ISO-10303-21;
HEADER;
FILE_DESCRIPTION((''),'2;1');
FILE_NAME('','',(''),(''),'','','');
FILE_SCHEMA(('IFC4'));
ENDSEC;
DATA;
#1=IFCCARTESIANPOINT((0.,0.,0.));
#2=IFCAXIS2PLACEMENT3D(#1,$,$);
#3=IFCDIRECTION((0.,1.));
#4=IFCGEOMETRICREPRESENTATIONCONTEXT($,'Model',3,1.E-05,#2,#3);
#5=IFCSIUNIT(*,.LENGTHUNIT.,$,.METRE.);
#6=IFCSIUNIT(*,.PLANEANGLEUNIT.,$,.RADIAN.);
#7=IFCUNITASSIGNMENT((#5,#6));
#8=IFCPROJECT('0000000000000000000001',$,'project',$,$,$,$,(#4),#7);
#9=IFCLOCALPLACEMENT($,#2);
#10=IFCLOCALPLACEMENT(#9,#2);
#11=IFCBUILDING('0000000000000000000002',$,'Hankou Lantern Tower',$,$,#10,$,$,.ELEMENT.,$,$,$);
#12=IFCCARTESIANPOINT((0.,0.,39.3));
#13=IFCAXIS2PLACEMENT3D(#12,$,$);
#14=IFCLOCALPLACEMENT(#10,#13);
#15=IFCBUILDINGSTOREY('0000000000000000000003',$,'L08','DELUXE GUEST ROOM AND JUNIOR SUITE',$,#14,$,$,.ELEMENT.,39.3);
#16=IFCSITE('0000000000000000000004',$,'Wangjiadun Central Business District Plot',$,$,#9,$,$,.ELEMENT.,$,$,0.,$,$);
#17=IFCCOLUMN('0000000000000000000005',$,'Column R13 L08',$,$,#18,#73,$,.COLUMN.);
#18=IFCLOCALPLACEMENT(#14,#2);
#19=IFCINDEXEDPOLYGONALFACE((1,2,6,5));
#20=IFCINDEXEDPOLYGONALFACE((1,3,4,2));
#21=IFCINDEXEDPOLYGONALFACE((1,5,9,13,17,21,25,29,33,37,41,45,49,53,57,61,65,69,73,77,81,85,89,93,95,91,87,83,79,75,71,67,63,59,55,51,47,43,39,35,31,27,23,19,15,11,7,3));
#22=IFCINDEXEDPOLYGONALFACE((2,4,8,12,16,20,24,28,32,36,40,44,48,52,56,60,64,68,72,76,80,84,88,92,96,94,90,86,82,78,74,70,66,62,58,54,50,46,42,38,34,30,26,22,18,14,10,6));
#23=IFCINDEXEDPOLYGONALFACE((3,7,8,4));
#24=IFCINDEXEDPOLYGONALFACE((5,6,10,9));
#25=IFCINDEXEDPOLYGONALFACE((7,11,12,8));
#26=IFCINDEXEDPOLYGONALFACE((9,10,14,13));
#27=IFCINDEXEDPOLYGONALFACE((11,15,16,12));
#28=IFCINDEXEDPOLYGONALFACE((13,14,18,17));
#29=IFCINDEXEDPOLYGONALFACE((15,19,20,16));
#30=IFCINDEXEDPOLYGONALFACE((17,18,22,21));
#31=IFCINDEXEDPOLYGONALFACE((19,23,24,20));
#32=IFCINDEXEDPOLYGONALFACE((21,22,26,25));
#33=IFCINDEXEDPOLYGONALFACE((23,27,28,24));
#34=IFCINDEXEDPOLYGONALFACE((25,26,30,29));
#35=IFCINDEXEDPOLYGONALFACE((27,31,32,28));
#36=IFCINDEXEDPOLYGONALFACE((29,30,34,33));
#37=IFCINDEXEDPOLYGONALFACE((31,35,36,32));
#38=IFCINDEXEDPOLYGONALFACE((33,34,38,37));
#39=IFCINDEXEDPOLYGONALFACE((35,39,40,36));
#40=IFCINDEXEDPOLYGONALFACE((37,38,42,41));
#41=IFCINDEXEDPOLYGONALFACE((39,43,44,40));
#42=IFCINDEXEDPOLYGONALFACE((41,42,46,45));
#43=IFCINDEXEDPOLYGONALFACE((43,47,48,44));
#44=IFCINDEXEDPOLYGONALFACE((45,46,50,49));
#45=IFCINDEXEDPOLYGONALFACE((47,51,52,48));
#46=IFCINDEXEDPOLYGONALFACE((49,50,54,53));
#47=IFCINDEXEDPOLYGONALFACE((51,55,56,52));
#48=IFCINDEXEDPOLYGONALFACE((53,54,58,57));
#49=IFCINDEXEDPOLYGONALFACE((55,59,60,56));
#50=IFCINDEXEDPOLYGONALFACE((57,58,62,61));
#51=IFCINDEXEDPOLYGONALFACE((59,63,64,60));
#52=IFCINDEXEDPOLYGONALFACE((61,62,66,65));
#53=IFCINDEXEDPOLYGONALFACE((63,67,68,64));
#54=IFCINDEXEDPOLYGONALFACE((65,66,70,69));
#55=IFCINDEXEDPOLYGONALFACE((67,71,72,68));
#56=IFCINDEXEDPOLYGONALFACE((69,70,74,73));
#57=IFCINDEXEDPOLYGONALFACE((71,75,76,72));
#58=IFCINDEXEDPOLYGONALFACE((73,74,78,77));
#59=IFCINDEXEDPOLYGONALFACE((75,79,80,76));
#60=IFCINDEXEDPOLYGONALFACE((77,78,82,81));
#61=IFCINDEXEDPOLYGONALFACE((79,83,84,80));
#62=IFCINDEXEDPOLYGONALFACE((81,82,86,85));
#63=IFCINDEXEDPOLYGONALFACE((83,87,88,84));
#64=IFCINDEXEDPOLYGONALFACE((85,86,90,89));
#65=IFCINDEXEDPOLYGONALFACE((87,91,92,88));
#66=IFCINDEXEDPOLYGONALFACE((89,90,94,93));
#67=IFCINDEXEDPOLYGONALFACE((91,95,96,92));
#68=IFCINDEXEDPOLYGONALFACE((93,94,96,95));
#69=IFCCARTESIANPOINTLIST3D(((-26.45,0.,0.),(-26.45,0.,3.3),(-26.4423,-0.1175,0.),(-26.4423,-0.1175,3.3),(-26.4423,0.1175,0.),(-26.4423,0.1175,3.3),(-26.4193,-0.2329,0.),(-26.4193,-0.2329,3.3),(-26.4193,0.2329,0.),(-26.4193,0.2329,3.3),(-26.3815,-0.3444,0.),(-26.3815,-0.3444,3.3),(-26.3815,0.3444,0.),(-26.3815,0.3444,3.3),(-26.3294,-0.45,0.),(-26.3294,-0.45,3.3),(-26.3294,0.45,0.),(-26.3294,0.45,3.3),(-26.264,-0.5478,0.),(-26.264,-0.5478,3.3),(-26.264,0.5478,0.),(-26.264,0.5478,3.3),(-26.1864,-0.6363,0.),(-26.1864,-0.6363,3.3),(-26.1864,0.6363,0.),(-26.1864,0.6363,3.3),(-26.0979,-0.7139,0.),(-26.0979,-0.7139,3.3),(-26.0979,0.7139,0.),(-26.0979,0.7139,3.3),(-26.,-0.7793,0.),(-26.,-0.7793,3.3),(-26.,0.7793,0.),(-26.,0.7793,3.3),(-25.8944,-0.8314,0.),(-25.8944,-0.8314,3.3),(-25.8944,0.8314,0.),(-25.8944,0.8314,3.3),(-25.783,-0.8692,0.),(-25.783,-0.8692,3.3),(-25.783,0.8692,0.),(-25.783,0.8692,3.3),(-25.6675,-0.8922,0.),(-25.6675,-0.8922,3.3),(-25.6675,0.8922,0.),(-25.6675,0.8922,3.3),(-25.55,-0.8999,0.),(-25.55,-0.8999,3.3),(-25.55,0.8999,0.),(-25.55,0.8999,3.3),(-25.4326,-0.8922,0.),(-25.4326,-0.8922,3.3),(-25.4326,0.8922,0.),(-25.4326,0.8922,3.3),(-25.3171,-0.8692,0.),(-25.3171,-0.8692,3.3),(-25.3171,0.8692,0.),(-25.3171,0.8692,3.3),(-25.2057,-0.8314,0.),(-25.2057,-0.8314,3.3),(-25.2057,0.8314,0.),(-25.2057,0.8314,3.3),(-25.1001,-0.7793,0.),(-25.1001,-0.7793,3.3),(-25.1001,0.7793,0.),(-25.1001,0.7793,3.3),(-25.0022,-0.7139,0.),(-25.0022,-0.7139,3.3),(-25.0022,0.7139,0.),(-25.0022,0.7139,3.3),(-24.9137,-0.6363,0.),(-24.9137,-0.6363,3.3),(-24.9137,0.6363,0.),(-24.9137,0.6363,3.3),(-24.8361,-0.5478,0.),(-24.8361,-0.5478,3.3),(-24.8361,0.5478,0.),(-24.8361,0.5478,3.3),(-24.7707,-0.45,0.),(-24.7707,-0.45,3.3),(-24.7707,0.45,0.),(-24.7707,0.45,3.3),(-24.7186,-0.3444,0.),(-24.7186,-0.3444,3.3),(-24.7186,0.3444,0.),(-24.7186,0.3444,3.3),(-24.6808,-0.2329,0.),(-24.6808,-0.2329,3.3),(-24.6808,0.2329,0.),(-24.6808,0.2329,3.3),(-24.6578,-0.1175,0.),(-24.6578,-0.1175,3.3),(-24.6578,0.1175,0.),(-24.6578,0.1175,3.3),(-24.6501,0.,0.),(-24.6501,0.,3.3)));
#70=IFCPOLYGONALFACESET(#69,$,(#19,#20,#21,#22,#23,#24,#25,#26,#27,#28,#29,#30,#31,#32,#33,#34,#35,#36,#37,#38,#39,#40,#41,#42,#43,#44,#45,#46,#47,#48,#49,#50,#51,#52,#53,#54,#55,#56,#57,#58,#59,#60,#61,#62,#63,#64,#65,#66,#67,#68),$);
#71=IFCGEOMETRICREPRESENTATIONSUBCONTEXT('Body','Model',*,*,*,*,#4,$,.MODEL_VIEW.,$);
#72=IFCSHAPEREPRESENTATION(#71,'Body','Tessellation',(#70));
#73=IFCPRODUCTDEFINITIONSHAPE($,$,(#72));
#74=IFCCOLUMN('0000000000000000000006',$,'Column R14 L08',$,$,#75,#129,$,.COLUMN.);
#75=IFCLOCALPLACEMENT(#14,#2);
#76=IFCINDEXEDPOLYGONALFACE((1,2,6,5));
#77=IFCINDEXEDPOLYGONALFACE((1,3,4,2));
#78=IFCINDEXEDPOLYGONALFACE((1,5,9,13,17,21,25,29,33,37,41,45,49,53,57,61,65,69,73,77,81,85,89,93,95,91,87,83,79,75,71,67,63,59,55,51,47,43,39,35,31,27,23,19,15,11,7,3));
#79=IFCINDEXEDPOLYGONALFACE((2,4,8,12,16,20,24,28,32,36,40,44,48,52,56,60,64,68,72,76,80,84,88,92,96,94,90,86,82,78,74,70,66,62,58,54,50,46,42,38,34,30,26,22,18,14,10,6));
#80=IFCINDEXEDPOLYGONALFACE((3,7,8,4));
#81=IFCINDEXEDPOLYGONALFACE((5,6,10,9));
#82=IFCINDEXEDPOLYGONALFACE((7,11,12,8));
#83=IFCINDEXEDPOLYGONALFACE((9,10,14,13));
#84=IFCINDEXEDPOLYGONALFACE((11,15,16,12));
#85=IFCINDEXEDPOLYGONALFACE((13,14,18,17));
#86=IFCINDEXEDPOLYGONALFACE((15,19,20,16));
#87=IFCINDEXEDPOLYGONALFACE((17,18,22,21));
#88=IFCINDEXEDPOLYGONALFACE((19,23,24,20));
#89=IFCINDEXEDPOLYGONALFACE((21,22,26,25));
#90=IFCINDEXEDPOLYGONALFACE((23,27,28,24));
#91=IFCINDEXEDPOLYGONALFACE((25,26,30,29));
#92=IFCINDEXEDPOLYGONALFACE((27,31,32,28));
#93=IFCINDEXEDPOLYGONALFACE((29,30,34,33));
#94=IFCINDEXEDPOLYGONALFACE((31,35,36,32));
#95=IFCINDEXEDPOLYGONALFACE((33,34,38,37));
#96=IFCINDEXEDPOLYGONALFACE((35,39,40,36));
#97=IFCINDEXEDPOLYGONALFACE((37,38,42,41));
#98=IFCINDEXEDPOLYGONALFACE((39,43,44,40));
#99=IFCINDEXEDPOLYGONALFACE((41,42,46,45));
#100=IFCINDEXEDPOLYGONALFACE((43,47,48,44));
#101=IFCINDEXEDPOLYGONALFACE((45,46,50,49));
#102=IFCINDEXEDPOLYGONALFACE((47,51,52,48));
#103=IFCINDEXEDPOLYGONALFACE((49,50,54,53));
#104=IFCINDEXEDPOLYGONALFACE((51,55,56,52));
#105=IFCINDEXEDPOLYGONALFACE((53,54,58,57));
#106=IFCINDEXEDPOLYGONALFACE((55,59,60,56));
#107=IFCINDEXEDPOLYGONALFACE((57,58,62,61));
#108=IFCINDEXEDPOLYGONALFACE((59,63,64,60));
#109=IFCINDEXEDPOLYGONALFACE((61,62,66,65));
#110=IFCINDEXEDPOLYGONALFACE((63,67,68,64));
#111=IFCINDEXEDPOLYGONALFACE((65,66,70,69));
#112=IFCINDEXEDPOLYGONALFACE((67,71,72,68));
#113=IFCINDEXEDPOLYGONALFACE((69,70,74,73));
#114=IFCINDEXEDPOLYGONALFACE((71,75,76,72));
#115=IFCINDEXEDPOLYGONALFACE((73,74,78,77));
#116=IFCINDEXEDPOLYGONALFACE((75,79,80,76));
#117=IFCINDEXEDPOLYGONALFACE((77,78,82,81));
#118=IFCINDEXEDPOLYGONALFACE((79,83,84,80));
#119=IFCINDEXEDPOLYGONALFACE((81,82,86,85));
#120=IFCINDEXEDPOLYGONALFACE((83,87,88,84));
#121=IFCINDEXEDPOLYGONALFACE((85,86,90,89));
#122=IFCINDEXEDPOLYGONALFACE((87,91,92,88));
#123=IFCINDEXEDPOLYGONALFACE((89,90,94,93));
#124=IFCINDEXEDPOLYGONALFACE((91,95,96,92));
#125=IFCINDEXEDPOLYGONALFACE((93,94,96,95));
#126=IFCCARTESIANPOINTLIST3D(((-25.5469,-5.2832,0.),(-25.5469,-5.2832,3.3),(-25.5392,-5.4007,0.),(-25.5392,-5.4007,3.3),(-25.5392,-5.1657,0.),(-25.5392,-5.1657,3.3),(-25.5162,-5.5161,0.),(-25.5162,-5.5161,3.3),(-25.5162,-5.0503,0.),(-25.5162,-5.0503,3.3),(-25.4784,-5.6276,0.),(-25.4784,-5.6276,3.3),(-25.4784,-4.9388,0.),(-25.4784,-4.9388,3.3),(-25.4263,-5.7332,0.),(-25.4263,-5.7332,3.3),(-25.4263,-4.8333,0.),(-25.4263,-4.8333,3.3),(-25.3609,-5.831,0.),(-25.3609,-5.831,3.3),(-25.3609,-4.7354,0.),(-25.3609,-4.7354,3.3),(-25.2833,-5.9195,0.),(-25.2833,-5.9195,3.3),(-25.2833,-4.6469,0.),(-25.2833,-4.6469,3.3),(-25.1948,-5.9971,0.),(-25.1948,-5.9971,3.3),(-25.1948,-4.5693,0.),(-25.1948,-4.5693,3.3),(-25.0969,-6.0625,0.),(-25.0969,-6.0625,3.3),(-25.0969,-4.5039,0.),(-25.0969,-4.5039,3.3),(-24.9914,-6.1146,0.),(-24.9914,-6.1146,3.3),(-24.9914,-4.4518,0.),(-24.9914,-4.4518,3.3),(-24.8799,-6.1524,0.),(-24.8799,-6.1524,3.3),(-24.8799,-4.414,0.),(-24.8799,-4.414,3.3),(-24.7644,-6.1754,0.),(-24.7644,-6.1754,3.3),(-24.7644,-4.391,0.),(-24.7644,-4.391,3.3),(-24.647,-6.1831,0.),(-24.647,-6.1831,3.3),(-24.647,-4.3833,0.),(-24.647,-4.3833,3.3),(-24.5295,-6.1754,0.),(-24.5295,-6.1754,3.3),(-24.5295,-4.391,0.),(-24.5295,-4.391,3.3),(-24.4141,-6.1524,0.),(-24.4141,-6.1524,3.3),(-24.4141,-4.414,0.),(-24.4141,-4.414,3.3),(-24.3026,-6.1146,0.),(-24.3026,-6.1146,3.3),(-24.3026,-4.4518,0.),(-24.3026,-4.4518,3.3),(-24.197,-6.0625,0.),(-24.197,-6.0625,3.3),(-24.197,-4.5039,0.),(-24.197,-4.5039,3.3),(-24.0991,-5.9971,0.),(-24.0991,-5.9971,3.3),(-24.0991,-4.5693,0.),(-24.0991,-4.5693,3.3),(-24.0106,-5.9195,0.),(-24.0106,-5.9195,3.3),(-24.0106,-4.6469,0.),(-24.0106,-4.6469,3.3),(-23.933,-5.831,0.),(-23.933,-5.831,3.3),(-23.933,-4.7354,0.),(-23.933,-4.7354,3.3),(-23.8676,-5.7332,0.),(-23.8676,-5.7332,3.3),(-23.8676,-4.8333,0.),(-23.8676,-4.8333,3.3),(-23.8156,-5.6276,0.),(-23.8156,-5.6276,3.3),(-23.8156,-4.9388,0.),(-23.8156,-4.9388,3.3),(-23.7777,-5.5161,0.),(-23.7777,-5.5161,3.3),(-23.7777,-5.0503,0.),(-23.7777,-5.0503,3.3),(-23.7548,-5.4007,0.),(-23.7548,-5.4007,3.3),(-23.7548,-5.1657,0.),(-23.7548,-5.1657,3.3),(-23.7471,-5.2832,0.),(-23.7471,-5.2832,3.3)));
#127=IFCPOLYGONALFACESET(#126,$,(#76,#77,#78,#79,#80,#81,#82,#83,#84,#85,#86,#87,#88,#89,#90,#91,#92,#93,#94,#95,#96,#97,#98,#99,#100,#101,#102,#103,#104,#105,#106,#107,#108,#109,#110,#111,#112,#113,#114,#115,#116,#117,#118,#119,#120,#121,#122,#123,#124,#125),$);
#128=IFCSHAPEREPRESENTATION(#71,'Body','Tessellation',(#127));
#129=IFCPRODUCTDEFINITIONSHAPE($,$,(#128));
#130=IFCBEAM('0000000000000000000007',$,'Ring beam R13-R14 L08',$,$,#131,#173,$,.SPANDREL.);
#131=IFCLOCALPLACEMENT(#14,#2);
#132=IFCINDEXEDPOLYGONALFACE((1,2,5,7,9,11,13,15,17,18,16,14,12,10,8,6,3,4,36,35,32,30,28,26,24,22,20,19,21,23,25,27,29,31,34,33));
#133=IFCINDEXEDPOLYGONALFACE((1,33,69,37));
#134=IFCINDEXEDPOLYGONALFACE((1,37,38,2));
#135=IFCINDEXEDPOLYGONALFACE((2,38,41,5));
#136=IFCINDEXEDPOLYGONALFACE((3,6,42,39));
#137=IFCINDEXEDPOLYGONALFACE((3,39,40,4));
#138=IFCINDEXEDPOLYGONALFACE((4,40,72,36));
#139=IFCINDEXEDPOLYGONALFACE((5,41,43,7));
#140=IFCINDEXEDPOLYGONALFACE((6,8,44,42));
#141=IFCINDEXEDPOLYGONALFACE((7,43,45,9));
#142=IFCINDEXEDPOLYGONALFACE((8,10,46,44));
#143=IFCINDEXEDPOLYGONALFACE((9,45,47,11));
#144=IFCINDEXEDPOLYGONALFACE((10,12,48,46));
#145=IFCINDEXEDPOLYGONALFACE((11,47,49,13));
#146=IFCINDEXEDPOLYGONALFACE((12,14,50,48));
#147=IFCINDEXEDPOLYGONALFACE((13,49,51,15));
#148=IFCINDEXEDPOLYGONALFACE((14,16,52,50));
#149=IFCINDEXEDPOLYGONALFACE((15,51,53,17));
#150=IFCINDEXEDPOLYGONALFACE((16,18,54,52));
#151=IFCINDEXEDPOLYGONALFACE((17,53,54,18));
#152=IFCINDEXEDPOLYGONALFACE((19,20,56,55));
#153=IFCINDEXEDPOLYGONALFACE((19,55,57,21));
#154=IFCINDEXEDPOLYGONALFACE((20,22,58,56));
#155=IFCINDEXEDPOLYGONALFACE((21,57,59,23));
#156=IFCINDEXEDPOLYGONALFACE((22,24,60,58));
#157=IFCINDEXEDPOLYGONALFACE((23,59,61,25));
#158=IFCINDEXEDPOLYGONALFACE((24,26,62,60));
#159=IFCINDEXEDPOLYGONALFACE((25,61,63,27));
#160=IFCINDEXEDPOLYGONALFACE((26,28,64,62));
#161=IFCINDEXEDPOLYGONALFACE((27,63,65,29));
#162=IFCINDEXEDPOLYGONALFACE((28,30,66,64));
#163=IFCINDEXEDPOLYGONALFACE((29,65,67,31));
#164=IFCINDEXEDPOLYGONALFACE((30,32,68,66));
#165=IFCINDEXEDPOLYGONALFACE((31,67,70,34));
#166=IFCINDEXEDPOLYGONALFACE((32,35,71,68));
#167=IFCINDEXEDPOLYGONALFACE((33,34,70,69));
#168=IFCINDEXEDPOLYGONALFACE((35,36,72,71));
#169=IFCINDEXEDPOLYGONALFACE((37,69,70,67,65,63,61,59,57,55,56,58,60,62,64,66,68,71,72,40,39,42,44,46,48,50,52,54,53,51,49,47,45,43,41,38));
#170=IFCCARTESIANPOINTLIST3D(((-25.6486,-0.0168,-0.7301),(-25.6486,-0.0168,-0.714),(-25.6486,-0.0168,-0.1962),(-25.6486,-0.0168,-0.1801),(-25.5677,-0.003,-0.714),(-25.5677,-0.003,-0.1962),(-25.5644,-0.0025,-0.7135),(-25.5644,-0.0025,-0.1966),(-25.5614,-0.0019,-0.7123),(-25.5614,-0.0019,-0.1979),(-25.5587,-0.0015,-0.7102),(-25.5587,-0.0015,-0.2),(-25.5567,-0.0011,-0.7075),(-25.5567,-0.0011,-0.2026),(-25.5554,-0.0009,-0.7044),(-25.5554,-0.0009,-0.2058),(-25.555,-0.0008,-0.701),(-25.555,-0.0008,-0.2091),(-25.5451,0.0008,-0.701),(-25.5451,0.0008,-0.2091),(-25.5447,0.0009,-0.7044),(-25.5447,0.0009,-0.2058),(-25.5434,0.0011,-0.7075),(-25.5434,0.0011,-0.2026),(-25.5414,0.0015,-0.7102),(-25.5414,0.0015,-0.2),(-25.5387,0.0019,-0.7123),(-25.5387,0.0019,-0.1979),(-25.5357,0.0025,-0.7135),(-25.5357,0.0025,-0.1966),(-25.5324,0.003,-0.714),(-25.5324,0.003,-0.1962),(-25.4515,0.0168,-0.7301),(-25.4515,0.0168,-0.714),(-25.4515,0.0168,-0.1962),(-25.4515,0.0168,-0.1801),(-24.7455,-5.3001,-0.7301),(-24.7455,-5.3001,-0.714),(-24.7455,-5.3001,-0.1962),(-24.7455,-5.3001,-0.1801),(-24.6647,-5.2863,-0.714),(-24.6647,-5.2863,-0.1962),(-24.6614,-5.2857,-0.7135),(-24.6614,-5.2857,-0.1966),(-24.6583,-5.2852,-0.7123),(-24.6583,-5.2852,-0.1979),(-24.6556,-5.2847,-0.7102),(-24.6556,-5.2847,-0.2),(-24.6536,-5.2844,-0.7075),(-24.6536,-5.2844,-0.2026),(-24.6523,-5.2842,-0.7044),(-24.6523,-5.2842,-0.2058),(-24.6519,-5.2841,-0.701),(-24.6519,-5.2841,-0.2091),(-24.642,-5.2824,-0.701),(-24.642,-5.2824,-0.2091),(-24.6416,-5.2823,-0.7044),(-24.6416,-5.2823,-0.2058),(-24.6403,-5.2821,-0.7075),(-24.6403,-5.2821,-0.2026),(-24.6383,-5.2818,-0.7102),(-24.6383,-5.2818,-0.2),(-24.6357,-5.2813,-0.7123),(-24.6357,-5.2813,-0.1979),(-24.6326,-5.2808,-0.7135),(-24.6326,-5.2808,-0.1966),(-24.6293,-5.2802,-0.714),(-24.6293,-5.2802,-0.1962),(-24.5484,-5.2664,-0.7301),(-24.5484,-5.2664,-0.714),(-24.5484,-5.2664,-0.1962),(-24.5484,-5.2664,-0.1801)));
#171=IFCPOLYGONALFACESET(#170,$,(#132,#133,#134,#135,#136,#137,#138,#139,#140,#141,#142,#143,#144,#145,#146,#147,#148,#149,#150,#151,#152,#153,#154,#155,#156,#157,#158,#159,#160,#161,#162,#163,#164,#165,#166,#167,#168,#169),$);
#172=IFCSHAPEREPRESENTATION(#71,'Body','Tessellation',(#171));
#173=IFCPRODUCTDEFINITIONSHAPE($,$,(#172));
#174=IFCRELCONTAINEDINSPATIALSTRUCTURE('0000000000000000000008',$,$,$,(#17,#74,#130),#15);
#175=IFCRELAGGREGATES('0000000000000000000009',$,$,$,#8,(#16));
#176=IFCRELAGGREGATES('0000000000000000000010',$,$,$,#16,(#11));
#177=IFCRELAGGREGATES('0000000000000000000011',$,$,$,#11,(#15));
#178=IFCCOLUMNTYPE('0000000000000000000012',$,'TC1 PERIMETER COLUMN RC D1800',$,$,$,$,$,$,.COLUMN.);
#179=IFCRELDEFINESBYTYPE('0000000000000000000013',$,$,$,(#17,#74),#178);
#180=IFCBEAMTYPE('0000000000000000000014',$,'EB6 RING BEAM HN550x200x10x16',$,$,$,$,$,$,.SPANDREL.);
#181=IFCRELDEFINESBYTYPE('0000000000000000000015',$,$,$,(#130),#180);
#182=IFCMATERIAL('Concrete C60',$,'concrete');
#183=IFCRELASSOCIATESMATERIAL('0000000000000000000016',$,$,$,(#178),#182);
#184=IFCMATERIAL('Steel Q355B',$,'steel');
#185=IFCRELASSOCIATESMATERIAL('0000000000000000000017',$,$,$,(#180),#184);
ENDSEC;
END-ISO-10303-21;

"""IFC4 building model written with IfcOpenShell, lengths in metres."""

from ifc_helpers import new_model, si_unit, direction, frame, origin, origin_2d, place, context, subcontext, project, spatial, circle, i_section, extrude, material, material_profile, profile_set, type_object, element, save


model = new_model("IFC4")

# Units and contexts
model_context = context("Model", 3, precision=1e-05, world=origin(), true_north=direction((0.0, 1.0)))
body_context = subcontext(model_context, "Body", "Model", "MODEL_VIEW")
ifc_project = project(units=[si_unit("LENGTHUNIT", "METRE"), si_unit("PLANEANGLEUNIT", "RADIAN")], contexts=[model_context])

# Site, building, storey
site_placement = place(None, origin())
site = spatial("IfcSite", under=ifc_project, at=site_placement, Name="Wangjiadun Central Business District Plot", CompositionType="ELEMENT", RefElevation=0.0)
building_placement = place(site_placement, origin())
building = spatial("IfcBuilding", under=site, at=building_placement, Name="Hankou Lantern Tower", CompositionType="ELEMENT")
storey_placement = place(building_placement, frame((0.0, 0.0, 39.3)))
storey = spatial("IfcBuildingStorey", under=building, at=storey_placement, Name="L08", Description="DELUXE GUEST ROOM AND JUNIOR SUITE", CompositionType="ELEMENT", Elevation=39.3)

# Columns
ifc_material_1 = material(Name="Concrete C60", Category="concrete")
ifc_material_profile_1 = material_profile(ifc_material_1, circle(Radius=0.8999, at=origin_2d()), Name="RC D1800")
ifc_profile_set_1 = profile_set([ifc_material_profile_1], Name="Concrete C60")
column_type = type_object("IfcColumnType", Name="TC1 PERIMETER COLUMN RC D1800", PredefinedType="COLUMN", material=ifc_profile_set_1)
for number, where, z_axis, x_axis, name in (
    (1, (-25.55, 0.0, 0.0), (0.0, 0.0, 1.0), (1.0, 0.0, 0.0), "Column R13 L08"),
    (2, (-24.647, -5.2832, 0.0), (0.0, 0.0, 1.0), (1.0, 0.0, 0.0), "Column R14 L08"),
):
    element("IfcColumn", number, at=place(storey_placement, frame(where, z_axis=z_axis, x_axis=x_axis)), inside=storey, type_object=column_type, Name=name, PredefinedType="COLUMN", context=body_context, shape_type="SweptSolid", body=[
        extrude(circle(Radius=0.8999, at=origin_2d()), origin(), (0.0, 0.0, 1.0), 3.3),
    ])

# Beam
ifc_material_2 = material(Name="Steel Q355B", Category="steel")
ifc_material_profile_2 = material_profile(ifc_material_2, i_section(OverallWidth=0.2, OverallDepth=0.55, WebThickness=0.01, FlangeThickness=0.0161, FilletRadius=0.0129, at=origin_2d()), Name="HN550x200x10x16")
ifc_profile_set_2 = profile_set([ifc_material_profile_2], Name="Steel Q355B")
beam_type_1 = type_object("IfcBeamType", Name="EB6 RING BEAM HN550x200x10x16", PredefinedType="SPANDREL", material=ifc_profile_set_2)
beam_1_placement = place(storey_placement, frame((-25.55, 0.0, -0.4551), z_axis=(0.16849, -0.985703, 0.0), x_axis=(0.985703, 0.16849, 0.0)))
element("IfcBeam", 3, at=beam_1_placement, inside=storey, type_object=beam_type_1, Name="Ring beam R13-R14 L08", PredefinedType="SPANDREL", context=body_context, shape_type="SweptSolid", body=[
    extrude(i_section(OverallWidth=0.2, OverallDepth=0.55, WebThickness=0.01, FlangeThickness=0.0161, FilletRadius=0.0129, at=origin_2d()), origin(), (0.0, 0.0, 1.0), 5.3599),
])

save(model, "model.ifc")
